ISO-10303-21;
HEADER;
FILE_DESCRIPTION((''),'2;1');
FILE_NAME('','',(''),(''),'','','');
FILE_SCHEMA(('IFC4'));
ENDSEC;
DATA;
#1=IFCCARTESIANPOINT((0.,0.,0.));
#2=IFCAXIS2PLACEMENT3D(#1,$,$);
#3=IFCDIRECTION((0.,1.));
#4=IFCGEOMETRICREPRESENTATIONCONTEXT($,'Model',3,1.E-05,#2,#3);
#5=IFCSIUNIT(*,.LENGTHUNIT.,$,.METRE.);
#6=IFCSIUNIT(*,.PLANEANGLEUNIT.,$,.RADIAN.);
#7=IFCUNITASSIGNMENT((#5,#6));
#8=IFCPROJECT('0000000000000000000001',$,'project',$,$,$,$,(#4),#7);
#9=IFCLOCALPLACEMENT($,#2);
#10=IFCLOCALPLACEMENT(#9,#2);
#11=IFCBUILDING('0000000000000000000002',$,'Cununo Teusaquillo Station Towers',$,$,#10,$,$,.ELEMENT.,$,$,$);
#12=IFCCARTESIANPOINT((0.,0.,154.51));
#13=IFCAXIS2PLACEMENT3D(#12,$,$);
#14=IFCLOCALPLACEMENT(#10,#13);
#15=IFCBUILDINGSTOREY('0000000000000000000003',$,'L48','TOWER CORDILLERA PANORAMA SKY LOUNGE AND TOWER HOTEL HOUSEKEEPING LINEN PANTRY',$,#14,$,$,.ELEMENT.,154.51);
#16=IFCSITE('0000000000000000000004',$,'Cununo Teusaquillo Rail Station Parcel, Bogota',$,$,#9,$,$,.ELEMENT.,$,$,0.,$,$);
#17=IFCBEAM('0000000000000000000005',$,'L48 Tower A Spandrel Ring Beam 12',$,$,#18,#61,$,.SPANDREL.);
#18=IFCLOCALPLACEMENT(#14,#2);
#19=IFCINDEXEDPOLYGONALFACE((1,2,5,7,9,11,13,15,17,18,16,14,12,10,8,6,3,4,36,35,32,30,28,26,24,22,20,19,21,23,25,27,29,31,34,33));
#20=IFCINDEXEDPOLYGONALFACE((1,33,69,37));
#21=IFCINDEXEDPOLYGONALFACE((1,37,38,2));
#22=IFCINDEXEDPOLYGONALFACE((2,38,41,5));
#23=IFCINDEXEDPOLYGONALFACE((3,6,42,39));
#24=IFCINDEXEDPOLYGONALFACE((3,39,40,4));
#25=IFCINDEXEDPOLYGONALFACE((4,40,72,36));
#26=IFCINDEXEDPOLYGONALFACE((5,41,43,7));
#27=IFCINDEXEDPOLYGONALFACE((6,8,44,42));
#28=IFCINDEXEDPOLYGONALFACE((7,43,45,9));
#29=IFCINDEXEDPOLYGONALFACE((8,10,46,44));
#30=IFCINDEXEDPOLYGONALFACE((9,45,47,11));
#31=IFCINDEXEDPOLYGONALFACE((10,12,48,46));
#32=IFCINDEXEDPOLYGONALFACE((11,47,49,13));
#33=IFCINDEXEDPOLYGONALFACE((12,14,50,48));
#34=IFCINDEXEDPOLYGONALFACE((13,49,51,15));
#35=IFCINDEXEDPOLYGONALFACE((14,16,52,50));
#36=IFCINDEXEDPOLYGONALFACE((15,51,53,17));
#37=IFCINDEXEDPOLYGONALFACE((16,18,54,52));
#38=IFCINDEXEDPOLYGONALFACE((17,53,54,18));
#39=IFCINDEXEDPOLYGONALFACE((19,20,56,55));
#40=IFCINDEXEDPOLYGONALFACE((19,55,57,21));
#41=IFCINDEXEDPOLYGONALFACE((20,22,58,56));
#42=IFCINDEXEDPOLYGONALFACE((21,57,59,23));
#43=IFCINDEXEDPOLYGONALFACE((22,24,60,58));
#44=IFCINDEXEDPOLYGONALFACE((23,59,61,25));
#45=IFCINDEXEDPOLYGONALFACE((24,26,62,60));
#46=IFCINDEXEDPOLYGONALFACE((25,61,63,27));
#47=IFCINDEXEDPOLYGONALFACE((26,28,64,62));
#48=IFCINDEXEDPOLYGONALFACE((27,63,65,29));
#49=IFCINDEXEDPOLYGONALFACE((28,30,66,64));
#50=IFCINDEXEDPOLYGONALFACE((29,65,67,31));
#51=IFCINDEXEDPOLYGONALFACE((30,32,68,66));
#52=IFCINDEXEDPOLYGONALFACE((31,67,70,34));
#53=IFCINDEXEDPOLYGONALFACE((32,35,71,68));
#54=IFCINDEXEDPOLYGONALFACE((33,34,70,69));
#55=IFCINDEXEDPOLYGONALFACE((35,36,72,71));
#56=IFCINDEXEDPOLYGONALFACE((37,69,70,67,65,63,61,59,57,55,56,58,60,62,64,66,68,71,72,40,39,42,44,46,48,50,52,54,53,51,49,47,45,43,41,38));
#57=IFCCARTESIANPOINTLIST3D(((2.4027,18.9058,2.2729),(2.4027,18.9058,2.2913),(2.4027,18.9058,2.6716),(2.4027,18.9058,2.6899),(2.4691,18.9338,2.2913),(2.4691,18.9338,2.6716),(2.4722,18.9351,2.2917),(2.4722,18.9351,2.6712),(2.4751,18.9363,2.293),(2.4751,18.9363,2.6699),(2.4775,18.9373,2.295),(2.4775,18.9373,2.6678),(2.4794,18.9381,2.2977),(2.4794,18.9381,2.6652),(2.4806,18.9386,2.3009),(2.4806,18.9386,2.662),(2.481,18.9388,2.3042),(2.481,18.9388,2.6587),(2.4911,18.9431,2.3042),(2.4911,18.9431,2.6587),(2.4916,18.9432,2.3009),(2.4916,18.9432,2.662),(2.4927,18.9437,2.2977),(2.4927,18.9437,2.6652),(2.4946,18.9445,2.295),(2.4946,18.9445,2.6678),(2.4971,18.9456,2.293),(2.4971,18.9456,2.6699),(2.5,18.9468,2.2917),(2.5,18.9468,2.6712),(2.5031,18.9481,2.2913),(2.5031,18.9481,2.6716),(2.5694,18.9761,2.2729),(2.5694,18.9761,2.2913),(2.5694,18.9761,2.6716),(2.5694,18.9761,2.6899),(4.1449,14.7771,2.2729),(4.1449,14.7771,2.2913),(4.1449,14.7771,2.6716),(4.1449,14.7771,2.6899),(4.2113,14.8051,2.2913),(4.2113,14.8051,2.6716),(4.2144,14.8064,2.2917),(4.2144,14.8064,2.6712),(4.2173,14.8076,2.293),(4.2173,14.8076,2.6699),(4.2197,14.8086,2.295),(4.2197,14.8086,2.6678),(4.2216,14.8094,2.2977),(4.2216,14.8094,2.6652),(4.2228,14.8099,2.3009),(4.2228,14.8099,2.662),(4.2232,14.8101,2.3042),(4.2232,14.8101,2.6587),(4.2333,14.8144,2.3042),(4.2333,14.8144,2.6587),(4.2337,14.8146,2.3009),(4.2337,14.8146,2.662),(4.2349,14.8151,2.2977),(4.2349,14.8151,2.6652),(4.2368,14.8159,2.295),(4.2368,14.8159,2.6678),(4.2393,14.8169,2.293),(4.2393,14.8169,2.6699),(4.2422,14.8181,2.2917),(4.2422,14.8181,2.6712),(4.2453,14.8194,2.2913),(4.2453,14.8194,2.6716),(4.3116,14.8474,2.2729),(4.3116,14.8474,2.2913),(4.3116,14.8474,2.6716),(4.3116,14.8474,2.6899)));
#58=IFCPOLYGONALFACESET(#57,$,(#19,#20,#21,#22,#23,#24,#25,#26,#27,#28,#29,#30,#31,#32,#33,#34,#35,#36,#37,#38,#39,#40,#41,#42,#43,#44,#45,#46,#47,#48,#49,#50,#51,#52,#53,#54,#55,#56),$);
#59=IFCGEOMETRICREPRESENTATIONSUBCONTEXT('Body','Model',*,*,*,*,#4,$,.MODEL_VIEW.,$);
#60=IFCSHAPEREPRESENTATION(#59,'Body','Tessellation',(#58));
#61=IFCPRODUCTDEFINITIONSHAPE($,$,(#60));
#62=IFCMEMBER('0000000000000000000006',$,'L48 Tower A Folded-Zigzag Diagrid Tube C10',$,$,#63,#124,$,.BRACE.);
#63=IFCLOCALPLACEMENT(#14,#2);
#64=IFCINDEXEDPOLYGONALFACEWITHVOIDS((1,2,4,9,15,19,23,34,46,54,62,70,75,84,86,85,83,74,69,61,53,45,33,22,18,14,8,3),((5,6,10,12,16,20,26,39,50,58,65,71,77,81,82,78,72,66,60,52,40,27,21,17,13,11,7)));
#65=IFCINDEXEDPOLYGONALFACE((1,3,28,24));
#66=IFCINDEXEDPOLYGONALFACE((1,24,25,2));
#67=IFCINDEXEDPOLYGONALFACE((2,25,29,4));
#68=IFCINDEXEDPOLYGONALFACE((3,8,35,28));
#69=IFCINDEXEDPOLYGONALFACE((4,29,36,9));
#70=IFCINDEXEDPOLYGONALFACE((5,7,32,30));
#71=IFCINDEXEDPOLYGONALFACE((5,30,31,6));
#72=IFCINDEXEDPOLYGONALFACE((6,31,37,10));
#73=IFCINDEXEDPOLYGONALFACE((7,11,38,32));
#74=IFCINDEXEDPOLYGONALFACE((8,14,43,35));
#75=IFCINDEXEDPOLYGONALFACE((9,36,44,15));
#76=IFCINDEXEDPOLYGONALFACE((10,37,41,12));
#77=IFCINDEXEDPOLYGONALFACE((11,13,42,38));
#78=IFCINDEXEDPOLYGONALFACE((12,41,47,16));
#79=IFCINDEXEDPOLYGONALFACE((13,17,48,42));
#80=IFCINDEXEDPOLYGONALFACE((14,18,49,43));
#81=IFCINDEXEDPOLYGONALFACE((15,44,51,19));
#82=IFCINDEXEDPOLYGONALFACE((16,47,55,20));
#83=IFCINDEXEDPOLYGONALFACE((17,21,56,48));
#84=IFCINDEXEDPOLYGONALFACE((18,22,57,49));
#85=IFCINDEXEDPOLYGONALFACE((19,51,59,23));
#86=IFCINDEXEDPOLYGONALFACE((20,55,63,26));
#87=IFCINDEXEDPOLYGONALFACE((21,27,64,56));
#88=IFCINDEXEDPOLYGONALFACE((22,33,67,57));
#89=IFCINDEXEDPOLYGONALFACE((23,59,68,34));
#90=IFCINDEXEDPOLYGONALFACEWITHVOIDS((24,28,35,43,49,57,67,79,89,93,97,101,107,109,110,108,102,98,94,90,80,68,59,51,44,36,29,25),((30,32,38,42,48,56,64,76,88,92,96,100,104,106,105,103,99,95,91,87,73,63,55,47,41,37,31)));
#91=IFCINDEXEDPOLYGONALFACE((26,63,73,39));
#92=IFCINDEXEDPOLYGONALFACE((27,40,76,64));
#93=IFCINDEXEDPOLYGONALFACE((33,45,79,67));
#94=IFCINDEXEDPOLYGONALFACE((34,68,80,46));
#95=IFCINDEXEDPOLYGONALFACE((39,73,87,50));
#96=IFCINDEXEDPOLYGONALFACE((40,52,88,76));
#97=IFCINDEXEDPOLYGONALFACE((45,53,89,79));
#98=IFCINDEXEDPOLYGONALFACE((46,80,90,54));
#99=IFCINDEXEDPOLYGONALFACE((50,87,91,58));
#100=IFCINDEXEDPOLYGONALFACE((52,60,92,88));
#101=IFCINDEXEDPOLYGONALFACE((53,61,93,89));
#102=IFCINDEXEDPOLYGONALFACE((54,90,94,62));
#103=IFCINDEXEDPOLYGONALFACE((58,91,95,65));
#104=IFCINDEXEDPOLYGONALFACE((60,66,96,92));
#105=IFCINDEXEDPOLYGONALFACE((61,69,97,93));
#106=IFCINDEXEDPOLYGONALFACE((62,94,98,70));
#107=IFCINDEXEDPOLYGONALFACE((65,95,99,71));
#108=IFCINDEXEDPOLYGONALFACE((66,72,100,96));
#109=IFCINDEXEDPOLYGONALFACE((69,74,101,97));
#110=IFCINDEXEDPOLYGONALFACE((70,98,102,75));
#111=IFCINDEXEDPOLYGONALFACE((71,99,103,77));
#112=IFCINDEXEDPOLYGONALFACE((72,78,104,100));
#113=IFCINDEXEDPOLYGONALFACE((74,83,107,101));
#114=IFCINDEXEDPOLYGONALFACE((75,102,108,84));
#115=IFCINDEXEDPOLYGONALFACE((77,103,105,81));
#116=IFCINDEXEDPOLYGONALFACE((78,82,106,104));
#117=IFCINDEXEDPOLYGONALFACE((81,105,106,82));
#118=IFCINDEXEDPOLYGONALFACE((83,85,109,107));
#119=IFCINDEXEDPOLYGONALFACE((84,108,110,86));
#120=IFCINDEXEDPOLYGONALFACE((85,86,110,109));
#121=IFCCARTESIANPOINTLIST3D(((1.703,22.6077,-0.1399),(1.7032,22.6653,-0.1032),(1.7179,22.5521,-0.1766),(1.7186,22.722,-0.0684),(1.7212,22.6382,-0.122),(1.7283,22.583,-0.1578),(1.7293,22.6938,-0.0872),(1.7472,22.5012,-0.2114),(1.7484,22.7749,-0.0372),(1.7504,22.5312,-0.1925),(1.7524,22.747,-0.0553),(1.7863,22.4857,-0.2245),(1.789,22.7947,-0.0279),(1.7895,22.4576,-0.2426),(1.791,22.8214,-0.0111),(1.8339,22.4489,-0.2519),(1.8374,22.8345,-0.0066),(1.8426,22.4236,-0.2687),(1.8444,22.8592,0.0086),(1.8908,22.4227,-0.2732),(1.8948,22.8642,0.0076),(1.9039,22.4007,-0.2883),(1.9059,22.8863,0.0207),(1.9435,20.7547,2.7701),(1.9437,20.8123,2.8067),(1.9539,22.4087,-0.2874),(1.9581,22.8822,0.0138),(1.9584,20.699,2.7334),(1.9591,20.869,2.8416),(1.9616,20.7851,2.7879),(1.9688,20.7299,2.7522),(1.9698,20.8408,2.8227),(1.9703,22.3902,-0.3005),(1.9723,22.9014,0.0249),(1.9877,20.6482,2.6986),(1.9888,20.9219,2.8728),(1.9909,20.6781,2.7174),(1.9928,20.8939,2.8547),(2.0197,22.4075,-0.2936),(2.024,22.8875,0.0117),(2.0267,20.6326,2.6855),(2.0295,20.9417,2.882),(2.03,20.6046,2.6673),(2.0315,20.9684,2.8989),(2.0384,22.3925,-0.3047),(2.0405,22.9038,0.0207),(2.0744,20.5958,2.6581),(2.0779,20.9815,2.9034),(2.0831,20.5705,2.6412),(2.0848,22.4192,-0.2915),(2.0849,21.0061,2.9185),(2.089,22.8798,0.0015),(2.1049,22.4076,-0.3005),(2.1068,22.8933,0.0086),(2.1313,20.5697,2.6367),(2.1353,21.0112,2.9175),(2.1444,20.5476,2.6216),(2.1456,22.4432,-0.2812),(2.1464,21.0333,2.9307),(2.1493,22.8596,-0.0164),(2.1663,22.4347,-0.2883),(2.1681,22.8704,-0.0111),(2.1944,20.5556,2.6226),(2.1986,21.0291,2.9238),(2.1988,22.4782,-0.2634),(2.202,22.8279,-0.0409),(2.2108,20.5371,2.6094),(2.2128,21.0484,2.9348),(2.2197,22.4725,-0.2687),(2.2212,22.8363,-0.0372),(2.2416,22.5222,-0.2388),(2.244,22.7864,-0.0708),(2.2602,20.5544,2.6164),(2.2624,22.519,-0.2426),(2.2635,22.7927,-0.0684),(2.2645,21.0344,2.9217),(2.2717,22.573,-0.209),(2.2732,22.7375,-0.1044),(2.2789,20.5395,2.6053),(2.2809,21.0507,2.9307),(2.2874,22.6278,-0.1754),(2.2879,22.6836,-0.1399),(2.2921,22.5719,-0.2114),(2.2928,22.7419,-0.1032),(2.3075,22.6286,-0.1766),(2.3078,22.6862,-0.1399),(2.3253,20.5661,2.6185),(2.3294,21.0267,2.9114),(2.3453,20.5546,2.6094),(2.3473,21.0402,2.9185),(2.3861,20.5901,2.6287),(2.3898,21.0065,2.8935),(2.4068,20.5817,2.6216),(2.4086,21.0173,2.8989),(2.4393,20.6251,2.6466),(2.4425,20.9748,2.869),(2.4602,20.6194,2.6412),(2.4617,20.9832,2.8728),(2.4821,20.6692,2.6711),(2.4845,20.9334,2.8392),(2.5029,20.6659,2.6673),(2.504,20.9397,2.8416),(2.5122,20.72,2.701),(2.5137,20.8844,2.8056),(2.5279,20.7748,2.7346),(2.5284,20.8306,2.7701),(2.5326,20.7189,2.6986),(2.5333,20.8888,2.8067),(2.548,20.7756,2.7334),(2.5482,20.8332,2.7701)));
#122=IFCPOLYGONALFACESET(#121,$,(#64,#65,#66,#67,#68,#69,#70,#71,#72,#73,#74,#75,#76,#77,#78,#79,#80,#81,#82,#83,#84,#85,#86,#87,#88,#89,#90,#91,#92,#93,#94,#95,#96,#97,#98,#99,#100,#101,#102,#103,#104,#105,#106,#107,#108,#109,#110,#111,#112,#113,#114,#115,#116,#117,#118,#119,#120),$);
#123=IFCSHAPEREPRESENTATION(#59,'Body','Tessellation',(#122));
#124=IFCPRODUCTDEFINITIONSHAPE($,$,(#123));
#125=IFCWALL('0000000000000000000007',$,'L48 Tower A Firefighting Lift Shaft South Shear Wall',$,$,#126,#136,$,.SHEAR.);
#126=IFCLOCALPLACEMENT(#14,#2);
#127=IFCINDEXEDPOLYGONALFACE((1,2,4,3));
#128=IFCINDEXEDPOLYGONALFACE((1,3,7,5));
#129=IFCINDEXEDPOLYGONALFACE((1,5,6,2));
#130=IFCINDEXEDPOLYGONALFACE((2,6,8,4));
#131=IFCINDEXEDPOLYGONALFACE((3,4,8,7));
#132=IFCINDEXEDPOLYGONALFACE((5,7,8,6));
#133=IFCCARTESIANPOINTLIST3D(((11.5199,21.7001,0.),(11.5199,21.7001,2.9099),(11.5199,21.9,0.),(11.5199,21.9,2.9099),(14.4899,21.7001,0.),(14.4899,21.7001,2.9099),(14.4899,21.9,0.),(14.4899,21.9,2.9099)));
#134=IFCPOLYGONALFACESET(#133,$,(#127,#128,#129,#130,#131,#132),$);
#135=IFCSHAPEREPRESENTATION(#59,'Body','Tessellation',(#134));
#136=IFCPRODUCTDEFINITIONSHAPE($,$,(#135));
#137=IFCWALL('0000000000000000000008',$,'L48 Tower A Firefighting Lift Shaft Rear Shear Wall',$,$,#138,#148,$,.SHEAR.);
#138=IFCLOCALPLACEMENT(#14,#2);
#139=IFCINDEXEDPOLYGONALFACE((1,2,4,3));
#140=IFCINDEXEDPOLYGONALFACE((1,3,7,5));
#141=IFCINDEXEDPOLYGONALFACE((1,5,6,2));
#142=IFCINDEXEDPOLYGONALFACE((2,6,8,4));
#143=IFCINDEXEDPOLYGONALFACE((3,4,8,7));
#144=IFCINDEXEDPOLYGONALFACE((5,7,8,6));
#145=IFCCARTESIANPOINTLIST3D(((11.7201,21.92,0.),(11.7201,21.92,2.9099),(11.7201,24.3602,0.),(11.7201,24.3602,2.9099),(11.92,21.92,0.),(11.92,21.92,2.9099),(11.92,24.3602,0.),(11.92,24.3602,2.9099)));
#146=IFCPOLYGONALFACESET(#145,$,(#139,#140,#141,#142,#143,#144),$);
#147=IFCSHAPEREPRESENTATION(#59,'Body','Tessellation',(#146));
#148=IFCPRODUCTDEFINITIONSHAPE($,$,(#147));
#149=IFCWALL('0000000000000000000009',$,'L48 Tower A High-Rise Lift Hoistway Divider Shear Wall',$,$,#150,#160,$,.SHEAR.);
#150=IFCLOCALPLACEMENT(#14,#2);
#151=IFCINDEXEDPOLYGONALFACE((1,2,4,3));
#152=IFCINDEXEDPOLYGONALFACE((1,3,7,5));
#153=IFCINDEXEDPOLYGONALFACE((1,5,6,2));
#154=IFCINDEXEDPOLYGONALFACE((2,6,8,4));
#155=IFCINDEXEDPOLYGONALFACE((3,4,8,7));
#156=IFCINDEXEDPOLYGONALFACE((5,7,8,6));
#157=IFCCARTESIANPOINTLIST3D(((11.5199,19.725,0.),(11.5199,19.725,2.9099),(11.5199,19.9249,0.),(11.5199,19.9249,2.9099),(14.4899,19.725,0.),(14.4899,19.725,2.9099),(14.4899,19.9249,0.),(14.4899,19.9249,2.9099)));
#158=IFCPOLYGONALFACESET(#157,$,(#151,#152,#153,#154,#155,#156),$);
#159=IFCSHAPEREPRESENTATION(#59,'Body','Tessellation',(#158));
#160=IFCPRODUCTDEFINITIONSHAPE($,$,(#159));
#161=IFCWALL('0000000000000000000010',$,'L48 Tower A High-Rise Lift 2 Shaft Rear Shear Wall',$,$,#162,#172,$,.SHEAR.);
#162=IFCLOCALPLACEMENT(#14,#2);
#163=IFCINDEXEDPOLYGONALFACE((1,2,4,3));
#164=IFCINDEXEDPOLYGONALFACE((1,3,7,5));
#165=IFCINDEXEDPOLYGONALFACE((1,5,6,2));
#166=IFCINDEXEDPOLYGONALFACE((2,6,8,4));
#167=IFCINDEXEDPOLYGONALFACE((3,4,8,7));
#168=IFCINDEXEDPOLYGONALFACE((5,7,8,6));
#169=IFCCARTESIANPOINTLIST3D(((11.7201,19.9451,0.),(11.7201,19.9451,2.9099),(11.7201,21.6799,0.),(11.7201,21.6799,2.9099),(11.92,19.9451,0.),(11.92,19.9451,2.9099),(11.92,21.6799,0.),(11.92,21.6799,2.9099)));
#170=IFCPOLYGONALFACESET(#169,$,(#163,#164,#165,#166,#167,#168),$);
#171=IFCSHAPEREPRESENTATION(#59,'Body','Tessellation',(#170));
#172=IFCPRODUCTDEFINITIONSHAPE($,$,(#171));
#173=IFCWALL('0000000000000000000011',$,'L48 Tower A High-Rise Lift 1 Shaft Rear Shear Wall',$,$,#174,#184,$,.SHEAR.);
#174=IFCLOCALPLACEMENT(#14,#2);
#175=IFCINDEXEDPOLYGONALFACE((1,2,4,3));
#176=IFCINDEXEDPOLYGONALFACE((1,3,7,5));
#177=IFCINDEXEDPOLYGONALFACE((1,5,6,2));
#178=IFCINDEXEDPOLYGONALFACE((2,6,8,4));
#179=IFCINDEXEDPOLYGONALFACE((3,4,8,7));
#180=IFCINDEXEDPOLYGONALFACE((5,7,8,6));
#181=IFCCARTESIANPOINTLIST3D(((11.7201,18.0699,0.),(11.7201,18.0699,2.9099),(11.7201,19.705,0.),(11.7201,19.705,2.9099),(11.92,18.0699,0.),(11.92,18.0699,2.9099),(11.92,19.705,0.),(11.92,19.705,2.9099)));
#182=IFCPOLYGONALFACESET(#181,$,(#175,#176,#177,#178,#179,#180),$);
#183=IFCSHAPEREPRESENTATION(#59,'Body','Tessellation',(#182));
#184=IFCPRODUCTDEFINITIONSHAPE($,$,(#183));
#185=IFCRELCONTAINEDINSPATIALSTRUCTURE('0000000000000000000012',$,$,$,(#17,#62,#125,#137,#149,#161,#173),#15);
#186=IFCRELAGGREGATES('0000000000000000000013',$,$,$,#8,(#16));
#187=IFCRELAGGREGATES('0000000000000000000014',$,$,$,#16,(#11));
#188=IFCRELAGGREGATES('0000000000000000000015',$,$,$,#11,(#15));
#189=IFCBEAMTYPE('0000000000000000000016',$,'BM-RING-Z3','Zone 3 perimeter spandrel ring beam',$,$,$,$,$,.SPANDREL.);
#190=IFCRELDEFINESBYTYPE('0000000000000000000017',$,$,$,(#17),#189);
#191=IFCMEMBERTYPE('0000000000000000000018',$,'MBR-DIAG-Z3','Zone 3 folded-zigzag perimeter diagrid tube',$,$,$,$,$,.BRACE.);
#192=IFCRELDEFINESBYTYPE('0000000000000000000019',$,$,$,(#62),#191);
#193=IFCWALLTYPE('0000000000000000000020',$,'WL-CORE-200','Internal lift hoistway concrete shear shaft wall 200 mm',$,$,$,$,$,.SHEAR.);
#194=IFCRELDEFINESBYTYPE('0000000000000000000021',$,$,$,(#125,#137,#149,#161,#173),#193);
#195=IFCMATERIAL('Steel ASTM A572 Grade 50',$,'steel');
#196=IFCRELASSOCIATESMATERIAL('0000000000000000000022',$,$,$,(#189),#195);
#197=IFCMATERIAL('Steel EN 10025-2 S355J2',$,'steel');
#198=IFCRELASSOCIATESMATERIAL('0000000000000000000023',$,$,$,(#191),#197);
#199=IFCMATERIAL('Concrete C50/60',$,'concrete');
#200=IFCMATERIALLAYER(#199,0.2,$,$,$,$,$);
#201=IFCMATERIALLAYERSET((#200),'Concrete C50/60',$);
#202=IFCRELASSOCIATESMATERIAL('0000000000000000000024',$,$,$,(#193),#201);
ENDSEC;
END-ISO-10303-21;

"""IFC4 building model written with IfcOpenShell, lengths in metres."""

from ifc_helpers import new_model, si_unit, direction, frame, frame_2d, origin, origin_2d, place, context, subcontext, project, spatial, rectangle, hollow_circle, i_section, extrude, material, layer, layer_set, material_profile, profile_set, type_object, element, save


model = new_model("IFC4")

# Units and contexts
model_context = context("Model", 3, precision=1e-05, world=origin(), true_north=direction((0.0, 1.0)))
body_context = subcontext(model_context, "Body", "Model", "MODEL_VIEW")
ifc_project = project(units=[si_unit("LENGTHUNIT", "METRE"), si_unit("PLANEANGLEUNIT", "RADIAN")], contexts=[model_context])

# Site, building, storey
site_placement = place(None, origin())
site = spatial("IfcSite", under=ifc_project, at=site_placement, Name="Cununo Teusaquillo Rail Station Parcel, Bogota", CompositionType="ELEMENT", RefElevation=0.0)
building_placement = place(site_placement, origin())
building = spatial("IfcBuilding", under=site, at=building_placement, Name="Cununo Teusaquillo Station Towers", CompositionType="ELEMENT")
storey_placement = place(building_placement, frame((0.0, 0.0, 154.51)))
storey = spatial("IfcBuildingStorey", under=building, at=storey_placement, Name="L48", Description="TOWER CORDILLERA PANORAMA SKY LOUNGE AND TOWER HOTEL HOUSEKEEPING LINEN PANTRY", CompositionType="ELEMENT", Elevation=154.51)

# Beam
ifc_material_1 = material(Name="Steel ASTM A572 Grade 50", Category="steel")
ifc_material_profile_1 = material_profile(ifc_material_1, i_section(OverallWidth=0.1809, OverallDepth=0.417, WebThickness=0.011, FlangeThickness=0.0183, FilletRadius=0.0129, at=origin_2d()), Name="W16X57")
ifc_profile_set_1 = profile_set([ifc_material_profile_1], Name="Steel ASTM A572 Grade 50")
beam_type_1 = type_object("IfcBeamType", Name="BM-RING-Z3", Description="Zone 3 perimeter spandrel ring beam", PredefinedType="SPANDREL", material=ifc_profile_set_1)
beam_1_placement = place(storey_placement, frame((2.4861, 18.9409, 2.4814), z_axis=(0.388778, -0.921332, 0.0), x_axis=(0.921332, 0.388778, 0.0)))
element("IfcBeam", 1, at=beam_1_placement, inside=storey, type_object=beam_type_1, Name="L48 Tower A Spandrel Ring Beam 12", PredefinedType="SPANDREL", context=body_context, shape_type="SweptSolid", body=[
    extrude(i_section(OverallWidth=0.1809, OverallDepth=0.417, WebThickness=0.011, FlangeThickness=0.0183, FilletRadius=0.0129, at=origin_2d()), origin(), (0.0, 0.0, 1.0), 4.4812),
])

# Member
ifc_material_2 = material(Name="Steel EN 10025-2 S355J2", Category="steel")
ifc_material_profile_2 = material_profile(ifc_material_2, hollow_circle(Radius=0.3049, WallThickness=0.02, at=origin_2d()), Name="CHS 610x20")
ifc_profile_set_2 = profile_set([ifc_material_profile_2], Name="Steel EN 10025-2 S355J2")
member_type = type_object("IfcMemberType", Name="MBR-DIAG-Z3", Description="Zone 3 folded-zigzag perimeter diagrid tube", PredefinedType="BRACE", material=ifc_profile_set_2)
member_placement = place(storey_placement, frame((2.0054, 22.647, -0.1399), z_axis=(0.069539, -0.535836, 0.841453), x_axis=(0.991684, 0.128697, 0.0)))
element("IfcMember", 2, at=member_placement, inside=storey, type_object=member_type, Name="L48 Tower A Folded-Zigzag Diagrid Tube C10", PredefinedType="BRACE", context=body_context, shape_type="SweptSolid", body=[
    extrude(hollow_circle(Radius=0.3049, WallThickness=0.02, at=origin_2d()), origin(), (0.0, 0.0, 1.0), 3.4583),
])

# Walls
ifc_material_3 = material(Name="Concrete C50/60", Category="concrete")
ifc_layer_1 = layer(ifc_material_3, 0.2)
ifc_layer_set_1 = layer_set([ifc_layer_1], Name="Concrete C50/60")
wall_type_1 = type_object("IfcWallType", Name="WL-CORE-200", Description="Internal lift hoistway concrete shear shaft wall 200 mm", PredefinedType="SHEAR", material=ifc_layer_set_1)
wall_1_placement = place(storey_placement, frame((11.52, 21.8, 0.0), z_axis=(0.0, 0.0, 1.0), x_axis=(1.0, 0.0, 0.0)))
element("IfcWall", 3, at=wall_1_placement, inside=storey, type_object=wall_type_1, Name="L48 Tower A Firefighting Lift Shaft South Shear Wall", PredefinedType="SHEAR", context=body_context, shape_type="SweptSolid", body=[
    extrude(rectangle(XDim=2.97, YDim=0.2, at=frame_2d((1.4849, 0.0))), origin(), (0.0, 0.0, 1.0), 2.9099),
])
wall_2_placement = place(storey_placement, frame((11.8201, 21.9199, 0.0), z_axis=(0.0, 0.0, 1.0), x_axis=(0.0, 1.0, 0.0)))
element("IfcWall", 4, at=wall_2_placement, inside=storey, type_object=wall_type_1, Name="L48 Tower A Firefighting Lift Shaft Rear Shear Wall", PredefinedType="SHEAR", context=body_context, shape_type="SweptSolid", body=[
    extrude(rectangle(XDim=2.4402, YDim=0.2, at=frame_2d((1.2202, 0.0))), origin(), (0.0, 0.0, 1.0), 2.9099),
])
wall_3_placement = place(storey_placement, frame((11.52, 19.825, 0.0), z_axis=(0.0, 0.0, 1.0), x_axis=(1.0, 0.0, 0.0)))
element("IfcWall", 5, at=wall_3_placement, inside=storey, type_object=wall_type_1, Name="L48 Tower A High-Rise Lift Hoistway Divider Shear Wall", PredefinedType="SHEAR", context=body_context, shape_type="SweptSolid", body=[
    extrude(rectangle(XDim=2.97, YDim=0.2, at=frame_2d((1.4849, 0.0))), origin(), (0.0, 0.0, 1.0), 2.9099),
])
wall_4_placement = place(storey_placement, frame((11.8201, 19.9451, 0.0), z_axis=(0.0, 0.0, 1.0), x_axis=(0.0, 1.0, 0.0)))
element("IfcWall", 6, at=wall_4_placement, inside=storey, type_object=wall_type_1, Name="L48 Tower A High-Rise Lift 2 Shaft Rear Shear Wall", PredefinedType="SHEAR", context=body_context, shape_type="SweptSolid", body=[
    extrude(rectangle(XDim=1.7349, YDim=0.2, at=frame_2d((0.8674, 0.0))), origin(), (0.0, 0.0, 1.0), 2.9099),
])
wall_5_placement = place(storey_placement, frame((11.8201, 18.0701, 0.0), z_axis=(0.0, 0.0, 1.0), x_axis=(0.0, 1.0, 0.0)))
element("IfcWall", 7, at=wall_5_placement, inside=storey, type_object=wall_type_1, Name="L48 Tower A High-Rise Lift 1 Shaft Rear Shear Wall", PredefinedType="SHEAR", context=body_context, shape_type="SweptSolid", body=[
    extrude(rectangle(XDim=1.635, YDim=0.2, at=frame_2d((0.8174, 0.0))), origin(), (0.0, 0.0, 1.0), 2.9099),
])

save(model, "model.ifc")
